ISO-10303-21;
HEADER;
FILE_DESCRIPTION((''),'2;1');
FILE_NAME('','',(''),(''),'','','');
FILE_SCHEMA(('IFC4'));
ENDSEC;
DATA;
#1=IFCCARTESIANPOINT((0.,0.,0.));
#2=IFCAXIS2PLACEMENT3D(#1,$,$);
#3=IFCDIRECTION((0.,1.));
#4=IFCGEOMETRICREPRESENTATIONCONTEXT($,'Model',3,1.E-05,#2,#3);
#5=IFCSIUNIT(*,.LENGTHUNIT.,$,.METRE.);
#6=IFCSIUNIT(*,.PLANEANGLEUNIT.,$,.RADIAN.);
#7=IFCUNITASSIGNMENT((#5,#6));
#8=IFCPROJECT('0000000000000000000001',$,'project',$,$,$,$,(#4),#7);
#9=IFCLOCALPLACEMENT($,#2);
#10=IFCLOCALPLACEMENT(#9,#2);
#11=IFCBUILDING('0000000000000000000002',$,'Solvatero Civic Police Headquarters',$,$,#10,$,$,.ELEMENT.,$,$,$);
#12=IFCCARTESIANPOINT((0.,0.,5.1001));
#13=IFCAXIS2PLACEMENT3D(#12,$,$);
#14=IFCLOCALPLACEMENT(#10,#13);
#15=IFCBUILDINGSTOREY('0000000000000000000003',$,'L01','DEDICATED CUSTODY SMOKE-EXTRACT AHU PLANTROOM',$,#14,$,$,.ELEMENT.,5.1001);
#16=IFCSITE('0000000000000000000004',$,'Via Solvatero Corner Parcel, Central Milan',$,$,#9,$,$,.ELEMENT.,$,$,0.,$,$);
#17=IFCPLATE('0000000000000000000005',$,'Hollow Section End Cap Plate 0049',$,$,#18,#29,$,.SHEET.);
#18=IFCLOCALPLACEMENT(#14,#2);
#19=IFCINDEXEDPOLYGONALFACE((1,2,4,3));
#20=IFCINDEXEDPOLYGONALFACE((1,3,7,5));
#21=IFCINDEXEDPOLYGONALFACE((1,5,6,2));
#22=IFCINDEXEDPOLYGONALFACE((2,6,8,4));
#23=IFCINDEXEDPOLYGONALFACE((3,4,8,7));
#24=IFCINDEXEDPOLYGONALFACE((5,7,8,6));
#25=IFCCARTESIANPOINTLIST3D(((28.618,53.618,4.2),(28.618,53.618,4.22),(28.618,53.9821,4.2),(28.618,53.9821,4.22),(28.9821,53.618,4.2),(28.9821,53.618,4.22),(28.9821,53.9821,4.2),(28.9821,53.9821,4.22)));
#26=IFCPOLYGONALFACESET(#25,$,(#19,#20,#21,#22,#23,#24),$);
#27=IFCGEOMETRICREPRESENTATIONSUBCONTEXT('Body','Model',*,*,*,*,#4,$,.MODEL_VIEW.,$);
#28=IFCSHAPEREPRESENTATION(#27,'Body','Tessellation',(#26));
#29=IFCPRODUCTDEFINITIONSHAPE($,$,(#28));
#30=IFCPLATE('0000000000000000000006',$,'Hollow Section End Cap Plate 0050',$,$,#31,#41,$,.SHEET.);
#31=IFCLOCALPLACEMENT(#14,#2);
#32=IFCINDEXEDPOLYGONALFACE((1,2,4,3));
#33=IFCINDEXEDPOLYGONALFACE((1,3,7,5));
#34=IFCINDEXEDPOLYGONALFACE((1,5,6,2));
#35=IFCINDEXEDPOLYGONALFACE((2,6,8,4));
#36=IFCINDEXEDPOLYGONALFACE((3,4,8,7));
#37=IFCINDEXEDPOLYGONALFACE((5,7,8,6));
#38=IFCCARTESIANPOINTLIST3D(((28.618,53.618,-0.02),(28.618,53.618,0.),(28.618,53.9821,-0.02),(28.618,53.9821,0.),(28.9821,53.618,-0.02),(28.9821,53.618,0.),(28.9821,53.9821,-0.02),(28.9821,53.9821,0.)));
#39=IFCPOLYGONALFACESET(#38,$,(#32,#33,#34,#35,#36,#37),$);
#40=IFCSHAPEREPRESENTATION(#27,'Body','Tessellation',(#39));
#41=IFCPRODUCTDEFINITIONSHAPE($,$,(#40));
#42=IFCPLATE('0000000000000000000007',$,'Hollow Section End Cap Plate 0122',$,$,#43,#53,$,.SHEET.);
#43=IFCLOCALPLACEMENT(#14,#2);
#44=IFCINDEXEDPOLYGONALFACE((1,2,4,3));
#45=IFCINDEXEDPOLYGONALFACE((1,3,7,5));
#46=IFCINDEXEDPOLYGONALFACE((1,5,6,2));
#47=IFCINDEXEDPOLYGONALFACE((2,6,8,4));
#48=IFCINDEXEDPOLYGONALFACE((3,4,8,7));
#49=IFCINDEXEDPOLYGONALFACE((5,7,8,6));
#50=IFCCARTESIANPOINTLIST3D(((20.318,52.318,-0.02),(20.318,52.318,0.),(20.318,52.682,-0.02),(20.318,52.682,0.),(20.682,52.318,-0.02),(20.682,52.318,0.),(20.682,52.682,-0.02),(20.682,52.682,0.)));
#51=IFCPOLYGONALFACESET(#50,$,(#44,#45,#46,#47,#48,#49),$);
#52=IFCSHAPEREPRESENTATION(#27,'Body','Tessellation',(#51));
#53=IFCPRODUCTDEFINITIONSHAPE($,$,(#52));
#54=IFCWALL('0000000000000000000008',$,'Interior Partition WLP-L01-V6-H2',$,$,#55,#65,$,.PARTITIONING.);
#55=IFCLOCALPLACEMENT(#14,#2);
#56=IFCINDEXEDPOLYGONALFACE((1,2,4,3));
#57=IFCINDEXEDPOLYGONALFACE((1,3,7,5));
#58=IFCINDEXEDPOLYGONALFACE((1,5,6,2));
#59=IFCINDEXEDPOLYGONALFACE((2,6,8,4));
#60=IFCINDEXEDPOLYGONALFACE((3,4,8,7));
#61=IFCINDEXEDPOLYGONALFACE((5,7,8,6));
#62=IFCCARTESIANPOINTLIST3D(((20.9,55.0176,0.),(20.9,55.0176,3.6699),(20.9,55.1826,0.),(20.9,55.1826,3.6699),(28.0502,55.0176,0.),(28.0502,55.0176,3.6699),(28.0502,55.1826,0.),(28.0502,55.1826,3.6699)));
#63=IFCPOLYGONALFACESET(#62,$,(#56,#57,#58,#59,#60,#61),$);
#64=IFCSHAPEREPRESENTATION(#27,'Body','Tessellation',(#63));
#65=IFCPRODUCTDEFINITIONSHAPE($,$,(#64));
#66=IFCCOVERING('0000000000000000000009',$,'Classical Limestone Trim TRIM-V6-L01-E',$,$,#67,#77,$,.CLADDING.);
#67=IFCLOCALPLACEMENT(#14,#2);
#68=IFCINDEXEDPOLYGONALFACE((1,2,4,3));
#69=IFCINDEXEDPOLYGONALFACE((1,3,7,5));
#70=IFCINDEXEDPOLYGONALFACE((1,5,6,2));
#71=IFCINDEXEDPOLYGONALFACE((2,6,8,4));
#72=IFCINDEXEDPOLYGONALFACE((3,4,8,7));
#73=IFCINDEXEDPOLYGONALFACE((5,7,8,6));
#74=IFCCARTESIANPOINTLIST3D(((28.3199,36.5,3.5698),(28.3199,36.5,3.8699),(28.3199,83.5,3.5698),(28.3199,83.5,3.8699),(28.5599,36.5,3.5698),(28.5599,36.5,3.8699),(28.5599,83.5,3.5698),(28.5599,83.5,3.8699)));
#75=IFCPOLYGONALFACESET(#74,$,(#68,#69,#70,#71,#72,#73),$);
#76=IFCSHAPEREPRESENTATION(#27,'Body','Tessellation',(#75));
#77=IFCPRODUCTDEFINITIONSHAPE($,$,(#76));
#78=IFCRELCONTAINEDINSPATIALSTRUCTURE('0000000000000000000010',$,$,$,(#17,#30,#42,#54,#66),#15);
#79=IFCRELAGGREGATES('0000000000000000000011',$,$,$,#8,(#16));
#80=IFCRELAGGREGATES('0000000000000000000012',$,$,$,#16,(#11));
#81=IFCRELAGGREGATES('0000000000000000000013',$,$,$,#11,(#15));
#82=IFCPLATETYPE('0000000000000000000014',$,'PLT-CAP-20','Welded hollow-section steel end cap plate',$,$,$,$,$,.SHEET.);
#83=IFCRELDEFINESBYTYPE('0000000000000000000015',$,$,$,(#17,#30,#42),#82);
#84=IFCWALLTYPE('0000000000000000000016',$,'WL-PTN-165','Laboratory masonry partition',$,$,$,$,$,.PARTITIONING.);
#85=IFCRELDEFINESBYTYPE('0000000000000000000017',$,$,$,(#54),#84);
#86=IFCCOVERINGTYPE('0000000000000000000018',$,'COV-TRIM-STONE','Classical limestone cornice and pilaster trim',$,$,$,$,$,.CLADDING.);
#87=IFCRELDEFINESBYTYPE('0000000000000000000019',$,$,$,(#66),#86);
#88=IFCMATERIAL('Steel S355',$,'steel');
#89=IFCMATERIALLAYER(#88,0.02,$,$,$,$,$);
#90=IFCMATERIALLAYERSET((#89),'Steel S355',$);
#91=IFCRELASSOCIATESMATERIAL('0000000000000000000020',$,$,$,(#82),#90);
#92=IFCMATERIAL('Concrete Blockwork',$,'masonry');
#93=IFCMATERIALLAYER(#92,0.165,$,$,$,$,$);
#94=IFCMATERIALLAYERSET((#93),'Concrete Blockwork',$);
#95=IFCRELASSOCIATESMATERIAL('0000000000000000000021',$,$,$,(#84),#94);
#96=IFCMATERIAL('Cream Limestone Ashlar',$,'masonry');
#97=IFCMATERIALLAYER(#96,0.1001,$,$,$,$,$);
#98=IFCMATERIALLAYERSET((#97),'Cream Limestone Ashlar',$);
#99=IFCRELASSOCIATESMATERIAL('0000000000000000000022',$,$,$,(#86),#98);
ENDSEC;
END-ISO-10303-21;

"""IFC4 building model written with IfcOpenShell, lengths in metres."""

from ifc_helpers import new_model, si_unit, direction, frame, frame_2d, origin, origin_2d, place, context, subcontext, project, spatial, rectangle, extrude, material, layer, layer_set, type_object, element, save


model = new_model("IFC4")

# Units and contexts
model_context = context("Model", 3, precision=1e-05, world=origin(), true_north=direction((0.0, 1.0)))
body_context = subcontext(model_context, "Body", "Model", "MODEL_VIEW")
ifc_project = project(units=[si_unit("LENGTHUNIT", "METRE"), si_unit("PLANEANGLEUNIT", "RADIAN")], contexts=[model_context])

# Site, building, storey
site_placement = place(None, origin())
site = spatial("IfcSite", under=ifc_project, at=site_placement, Name="Via Solvatero Corner Parcel, Central Milan", CompositionType="ELEMENT", RefElevation=0.0)
building_placement = place(site_placement, origin())
building = spatial("IfcBuilding", under=site, at=building_placement, Name="Solvatero Civic Police Headquarters", CompositionType="ELEMENT")
storey_placement = place(building_placement, frame((0.0, 0.0, 5.1001)))
storey = spatial("IfcBuildingStorey", under=building, at=storey_placement, Name="L01", Description="DEDICATED CUSTODY SMOKE-EXTRACT AHU PLANTROOM", CompositionType="ELEMENT", Elevation=5.1001)

# Shared definitions
ifc_material_1 = material(Name="Steel S355", Category="steel")

# Plates
ifc_layer_1 = layer(ifc_material_1, 0.02)
ifc_layer_set_1 = layer_set([ifc_layer_1], Name="Steel S355")
plate_type = type_object("IfcPlateType", Name="PLT-CAP-20", Description="Welded hollow-section steel end cap plate", PredefinedType="SHEET", material=ifc_layer_set_1)
for number, where, z_axis, x_axis, name in (
    (1, (28.8, 53.8, 4.2), (0.0, 0.0, 1.0), (1.0, 0.0, 0.0), "Hollow Section End Cap Plate 0049"),
    (2, (28.8, 53.8, -0.02), (0.0, 0.0, 1.0), (1.0, 0.0, 0.0), "Hollow Section End Cap Plate 0050"),
    (3, (20.5, 52.5, -0.02), (0.0, 0.0, 1.0), (1.0, 0.0, 0.0), "Hollow Section End Cap Plate 0122"),
):
    element("IfcPlate", number, at=place(storey_placement, frame(where, z_axis=z_axis, x_axis=x_axis)), inside=storey, type_object=plate_type, Name=name, PredefinedType="SHEET", context=body_context, shape_type="SweptSolid", body=[
        extrude(rectangle(XDim=0.364, YDim=0.364, at=origin_2d()), origin(), (0.0, 0.0, 1.0), 0.02),
    ])

# Wall
ifc_material_2 = material(Name="Concrete Blockwork", Category="masonry")
ifc_layer_2 = layer(ifc_material_2, 0.165)
ifc_layer_set_2 = layer_set([ifc_layer_2], Name="Concrete Blockwork")
wall_type = type_object("IfcWallType", Name="WL-PTN-165", Description="Laboratory masonry partition", PredefinedType="PARTITIONING", material=ifc_layer_set_2)
wall_placement = place(storey_placement, frame((20.8999, 55.1001, 0.0), z_axis=(0.0, 0.0, 1.0), x_axis=(1.0, 0.0, 0.0)))
element("IfcWall", 4, at=wall_placement, inside=storey, type_object=wall_type, Name="Interior Partition WLP-L01-V6-H2", PredefinedType="PARTITIONING", context=body_context, shape_type="SweptSolid", body=[
    extrude(rectangle(XDim=7.1501, YDim=0.165, at=frame_2d((3.5752, 0.0))), origin(), (0.0, 0.0, 1.0), 3.6699),
])

# Covering
ifc_material_3 = material(Name="Cream Limestone Ashlar", Category="masonry")
ifc_layer_3 = layer(ifc_material_3, 0.1001)
ifc_layer_set_3 = layer_set([ifc_layer_3], Name="Cream Limestone Ashlar")
covering_type = type_object("IfcCoveringType", Name="COV-TRIM-STONE", Description="Classical limestone cornice and pilaster trim", PredefinedType="CLADDING", material=ifc_layer_set_3)
covering_placement = place(storey_placement, frame((28.4399, 60.0, 3.5698), z_axis=(0.0, 0.0, 1.0), x_axis=(1.0, 0.0, 0.0)))
element("IfcCovering", 5, at=covering_placement, inside=storey, type_object=covering_type, Name="Classical Limestone Trim TRIM-V6-L01-E", PredefinedType="CLADDING", context=body_context, shape_type="SweptSolid", body=[
    extrude(rectangle(XDim=0.24, YDim=47.0, at=origin_2d()), origin(), (0.0, 0.0, 1.0), 0.3),
])

save(model, "model.ifc")
